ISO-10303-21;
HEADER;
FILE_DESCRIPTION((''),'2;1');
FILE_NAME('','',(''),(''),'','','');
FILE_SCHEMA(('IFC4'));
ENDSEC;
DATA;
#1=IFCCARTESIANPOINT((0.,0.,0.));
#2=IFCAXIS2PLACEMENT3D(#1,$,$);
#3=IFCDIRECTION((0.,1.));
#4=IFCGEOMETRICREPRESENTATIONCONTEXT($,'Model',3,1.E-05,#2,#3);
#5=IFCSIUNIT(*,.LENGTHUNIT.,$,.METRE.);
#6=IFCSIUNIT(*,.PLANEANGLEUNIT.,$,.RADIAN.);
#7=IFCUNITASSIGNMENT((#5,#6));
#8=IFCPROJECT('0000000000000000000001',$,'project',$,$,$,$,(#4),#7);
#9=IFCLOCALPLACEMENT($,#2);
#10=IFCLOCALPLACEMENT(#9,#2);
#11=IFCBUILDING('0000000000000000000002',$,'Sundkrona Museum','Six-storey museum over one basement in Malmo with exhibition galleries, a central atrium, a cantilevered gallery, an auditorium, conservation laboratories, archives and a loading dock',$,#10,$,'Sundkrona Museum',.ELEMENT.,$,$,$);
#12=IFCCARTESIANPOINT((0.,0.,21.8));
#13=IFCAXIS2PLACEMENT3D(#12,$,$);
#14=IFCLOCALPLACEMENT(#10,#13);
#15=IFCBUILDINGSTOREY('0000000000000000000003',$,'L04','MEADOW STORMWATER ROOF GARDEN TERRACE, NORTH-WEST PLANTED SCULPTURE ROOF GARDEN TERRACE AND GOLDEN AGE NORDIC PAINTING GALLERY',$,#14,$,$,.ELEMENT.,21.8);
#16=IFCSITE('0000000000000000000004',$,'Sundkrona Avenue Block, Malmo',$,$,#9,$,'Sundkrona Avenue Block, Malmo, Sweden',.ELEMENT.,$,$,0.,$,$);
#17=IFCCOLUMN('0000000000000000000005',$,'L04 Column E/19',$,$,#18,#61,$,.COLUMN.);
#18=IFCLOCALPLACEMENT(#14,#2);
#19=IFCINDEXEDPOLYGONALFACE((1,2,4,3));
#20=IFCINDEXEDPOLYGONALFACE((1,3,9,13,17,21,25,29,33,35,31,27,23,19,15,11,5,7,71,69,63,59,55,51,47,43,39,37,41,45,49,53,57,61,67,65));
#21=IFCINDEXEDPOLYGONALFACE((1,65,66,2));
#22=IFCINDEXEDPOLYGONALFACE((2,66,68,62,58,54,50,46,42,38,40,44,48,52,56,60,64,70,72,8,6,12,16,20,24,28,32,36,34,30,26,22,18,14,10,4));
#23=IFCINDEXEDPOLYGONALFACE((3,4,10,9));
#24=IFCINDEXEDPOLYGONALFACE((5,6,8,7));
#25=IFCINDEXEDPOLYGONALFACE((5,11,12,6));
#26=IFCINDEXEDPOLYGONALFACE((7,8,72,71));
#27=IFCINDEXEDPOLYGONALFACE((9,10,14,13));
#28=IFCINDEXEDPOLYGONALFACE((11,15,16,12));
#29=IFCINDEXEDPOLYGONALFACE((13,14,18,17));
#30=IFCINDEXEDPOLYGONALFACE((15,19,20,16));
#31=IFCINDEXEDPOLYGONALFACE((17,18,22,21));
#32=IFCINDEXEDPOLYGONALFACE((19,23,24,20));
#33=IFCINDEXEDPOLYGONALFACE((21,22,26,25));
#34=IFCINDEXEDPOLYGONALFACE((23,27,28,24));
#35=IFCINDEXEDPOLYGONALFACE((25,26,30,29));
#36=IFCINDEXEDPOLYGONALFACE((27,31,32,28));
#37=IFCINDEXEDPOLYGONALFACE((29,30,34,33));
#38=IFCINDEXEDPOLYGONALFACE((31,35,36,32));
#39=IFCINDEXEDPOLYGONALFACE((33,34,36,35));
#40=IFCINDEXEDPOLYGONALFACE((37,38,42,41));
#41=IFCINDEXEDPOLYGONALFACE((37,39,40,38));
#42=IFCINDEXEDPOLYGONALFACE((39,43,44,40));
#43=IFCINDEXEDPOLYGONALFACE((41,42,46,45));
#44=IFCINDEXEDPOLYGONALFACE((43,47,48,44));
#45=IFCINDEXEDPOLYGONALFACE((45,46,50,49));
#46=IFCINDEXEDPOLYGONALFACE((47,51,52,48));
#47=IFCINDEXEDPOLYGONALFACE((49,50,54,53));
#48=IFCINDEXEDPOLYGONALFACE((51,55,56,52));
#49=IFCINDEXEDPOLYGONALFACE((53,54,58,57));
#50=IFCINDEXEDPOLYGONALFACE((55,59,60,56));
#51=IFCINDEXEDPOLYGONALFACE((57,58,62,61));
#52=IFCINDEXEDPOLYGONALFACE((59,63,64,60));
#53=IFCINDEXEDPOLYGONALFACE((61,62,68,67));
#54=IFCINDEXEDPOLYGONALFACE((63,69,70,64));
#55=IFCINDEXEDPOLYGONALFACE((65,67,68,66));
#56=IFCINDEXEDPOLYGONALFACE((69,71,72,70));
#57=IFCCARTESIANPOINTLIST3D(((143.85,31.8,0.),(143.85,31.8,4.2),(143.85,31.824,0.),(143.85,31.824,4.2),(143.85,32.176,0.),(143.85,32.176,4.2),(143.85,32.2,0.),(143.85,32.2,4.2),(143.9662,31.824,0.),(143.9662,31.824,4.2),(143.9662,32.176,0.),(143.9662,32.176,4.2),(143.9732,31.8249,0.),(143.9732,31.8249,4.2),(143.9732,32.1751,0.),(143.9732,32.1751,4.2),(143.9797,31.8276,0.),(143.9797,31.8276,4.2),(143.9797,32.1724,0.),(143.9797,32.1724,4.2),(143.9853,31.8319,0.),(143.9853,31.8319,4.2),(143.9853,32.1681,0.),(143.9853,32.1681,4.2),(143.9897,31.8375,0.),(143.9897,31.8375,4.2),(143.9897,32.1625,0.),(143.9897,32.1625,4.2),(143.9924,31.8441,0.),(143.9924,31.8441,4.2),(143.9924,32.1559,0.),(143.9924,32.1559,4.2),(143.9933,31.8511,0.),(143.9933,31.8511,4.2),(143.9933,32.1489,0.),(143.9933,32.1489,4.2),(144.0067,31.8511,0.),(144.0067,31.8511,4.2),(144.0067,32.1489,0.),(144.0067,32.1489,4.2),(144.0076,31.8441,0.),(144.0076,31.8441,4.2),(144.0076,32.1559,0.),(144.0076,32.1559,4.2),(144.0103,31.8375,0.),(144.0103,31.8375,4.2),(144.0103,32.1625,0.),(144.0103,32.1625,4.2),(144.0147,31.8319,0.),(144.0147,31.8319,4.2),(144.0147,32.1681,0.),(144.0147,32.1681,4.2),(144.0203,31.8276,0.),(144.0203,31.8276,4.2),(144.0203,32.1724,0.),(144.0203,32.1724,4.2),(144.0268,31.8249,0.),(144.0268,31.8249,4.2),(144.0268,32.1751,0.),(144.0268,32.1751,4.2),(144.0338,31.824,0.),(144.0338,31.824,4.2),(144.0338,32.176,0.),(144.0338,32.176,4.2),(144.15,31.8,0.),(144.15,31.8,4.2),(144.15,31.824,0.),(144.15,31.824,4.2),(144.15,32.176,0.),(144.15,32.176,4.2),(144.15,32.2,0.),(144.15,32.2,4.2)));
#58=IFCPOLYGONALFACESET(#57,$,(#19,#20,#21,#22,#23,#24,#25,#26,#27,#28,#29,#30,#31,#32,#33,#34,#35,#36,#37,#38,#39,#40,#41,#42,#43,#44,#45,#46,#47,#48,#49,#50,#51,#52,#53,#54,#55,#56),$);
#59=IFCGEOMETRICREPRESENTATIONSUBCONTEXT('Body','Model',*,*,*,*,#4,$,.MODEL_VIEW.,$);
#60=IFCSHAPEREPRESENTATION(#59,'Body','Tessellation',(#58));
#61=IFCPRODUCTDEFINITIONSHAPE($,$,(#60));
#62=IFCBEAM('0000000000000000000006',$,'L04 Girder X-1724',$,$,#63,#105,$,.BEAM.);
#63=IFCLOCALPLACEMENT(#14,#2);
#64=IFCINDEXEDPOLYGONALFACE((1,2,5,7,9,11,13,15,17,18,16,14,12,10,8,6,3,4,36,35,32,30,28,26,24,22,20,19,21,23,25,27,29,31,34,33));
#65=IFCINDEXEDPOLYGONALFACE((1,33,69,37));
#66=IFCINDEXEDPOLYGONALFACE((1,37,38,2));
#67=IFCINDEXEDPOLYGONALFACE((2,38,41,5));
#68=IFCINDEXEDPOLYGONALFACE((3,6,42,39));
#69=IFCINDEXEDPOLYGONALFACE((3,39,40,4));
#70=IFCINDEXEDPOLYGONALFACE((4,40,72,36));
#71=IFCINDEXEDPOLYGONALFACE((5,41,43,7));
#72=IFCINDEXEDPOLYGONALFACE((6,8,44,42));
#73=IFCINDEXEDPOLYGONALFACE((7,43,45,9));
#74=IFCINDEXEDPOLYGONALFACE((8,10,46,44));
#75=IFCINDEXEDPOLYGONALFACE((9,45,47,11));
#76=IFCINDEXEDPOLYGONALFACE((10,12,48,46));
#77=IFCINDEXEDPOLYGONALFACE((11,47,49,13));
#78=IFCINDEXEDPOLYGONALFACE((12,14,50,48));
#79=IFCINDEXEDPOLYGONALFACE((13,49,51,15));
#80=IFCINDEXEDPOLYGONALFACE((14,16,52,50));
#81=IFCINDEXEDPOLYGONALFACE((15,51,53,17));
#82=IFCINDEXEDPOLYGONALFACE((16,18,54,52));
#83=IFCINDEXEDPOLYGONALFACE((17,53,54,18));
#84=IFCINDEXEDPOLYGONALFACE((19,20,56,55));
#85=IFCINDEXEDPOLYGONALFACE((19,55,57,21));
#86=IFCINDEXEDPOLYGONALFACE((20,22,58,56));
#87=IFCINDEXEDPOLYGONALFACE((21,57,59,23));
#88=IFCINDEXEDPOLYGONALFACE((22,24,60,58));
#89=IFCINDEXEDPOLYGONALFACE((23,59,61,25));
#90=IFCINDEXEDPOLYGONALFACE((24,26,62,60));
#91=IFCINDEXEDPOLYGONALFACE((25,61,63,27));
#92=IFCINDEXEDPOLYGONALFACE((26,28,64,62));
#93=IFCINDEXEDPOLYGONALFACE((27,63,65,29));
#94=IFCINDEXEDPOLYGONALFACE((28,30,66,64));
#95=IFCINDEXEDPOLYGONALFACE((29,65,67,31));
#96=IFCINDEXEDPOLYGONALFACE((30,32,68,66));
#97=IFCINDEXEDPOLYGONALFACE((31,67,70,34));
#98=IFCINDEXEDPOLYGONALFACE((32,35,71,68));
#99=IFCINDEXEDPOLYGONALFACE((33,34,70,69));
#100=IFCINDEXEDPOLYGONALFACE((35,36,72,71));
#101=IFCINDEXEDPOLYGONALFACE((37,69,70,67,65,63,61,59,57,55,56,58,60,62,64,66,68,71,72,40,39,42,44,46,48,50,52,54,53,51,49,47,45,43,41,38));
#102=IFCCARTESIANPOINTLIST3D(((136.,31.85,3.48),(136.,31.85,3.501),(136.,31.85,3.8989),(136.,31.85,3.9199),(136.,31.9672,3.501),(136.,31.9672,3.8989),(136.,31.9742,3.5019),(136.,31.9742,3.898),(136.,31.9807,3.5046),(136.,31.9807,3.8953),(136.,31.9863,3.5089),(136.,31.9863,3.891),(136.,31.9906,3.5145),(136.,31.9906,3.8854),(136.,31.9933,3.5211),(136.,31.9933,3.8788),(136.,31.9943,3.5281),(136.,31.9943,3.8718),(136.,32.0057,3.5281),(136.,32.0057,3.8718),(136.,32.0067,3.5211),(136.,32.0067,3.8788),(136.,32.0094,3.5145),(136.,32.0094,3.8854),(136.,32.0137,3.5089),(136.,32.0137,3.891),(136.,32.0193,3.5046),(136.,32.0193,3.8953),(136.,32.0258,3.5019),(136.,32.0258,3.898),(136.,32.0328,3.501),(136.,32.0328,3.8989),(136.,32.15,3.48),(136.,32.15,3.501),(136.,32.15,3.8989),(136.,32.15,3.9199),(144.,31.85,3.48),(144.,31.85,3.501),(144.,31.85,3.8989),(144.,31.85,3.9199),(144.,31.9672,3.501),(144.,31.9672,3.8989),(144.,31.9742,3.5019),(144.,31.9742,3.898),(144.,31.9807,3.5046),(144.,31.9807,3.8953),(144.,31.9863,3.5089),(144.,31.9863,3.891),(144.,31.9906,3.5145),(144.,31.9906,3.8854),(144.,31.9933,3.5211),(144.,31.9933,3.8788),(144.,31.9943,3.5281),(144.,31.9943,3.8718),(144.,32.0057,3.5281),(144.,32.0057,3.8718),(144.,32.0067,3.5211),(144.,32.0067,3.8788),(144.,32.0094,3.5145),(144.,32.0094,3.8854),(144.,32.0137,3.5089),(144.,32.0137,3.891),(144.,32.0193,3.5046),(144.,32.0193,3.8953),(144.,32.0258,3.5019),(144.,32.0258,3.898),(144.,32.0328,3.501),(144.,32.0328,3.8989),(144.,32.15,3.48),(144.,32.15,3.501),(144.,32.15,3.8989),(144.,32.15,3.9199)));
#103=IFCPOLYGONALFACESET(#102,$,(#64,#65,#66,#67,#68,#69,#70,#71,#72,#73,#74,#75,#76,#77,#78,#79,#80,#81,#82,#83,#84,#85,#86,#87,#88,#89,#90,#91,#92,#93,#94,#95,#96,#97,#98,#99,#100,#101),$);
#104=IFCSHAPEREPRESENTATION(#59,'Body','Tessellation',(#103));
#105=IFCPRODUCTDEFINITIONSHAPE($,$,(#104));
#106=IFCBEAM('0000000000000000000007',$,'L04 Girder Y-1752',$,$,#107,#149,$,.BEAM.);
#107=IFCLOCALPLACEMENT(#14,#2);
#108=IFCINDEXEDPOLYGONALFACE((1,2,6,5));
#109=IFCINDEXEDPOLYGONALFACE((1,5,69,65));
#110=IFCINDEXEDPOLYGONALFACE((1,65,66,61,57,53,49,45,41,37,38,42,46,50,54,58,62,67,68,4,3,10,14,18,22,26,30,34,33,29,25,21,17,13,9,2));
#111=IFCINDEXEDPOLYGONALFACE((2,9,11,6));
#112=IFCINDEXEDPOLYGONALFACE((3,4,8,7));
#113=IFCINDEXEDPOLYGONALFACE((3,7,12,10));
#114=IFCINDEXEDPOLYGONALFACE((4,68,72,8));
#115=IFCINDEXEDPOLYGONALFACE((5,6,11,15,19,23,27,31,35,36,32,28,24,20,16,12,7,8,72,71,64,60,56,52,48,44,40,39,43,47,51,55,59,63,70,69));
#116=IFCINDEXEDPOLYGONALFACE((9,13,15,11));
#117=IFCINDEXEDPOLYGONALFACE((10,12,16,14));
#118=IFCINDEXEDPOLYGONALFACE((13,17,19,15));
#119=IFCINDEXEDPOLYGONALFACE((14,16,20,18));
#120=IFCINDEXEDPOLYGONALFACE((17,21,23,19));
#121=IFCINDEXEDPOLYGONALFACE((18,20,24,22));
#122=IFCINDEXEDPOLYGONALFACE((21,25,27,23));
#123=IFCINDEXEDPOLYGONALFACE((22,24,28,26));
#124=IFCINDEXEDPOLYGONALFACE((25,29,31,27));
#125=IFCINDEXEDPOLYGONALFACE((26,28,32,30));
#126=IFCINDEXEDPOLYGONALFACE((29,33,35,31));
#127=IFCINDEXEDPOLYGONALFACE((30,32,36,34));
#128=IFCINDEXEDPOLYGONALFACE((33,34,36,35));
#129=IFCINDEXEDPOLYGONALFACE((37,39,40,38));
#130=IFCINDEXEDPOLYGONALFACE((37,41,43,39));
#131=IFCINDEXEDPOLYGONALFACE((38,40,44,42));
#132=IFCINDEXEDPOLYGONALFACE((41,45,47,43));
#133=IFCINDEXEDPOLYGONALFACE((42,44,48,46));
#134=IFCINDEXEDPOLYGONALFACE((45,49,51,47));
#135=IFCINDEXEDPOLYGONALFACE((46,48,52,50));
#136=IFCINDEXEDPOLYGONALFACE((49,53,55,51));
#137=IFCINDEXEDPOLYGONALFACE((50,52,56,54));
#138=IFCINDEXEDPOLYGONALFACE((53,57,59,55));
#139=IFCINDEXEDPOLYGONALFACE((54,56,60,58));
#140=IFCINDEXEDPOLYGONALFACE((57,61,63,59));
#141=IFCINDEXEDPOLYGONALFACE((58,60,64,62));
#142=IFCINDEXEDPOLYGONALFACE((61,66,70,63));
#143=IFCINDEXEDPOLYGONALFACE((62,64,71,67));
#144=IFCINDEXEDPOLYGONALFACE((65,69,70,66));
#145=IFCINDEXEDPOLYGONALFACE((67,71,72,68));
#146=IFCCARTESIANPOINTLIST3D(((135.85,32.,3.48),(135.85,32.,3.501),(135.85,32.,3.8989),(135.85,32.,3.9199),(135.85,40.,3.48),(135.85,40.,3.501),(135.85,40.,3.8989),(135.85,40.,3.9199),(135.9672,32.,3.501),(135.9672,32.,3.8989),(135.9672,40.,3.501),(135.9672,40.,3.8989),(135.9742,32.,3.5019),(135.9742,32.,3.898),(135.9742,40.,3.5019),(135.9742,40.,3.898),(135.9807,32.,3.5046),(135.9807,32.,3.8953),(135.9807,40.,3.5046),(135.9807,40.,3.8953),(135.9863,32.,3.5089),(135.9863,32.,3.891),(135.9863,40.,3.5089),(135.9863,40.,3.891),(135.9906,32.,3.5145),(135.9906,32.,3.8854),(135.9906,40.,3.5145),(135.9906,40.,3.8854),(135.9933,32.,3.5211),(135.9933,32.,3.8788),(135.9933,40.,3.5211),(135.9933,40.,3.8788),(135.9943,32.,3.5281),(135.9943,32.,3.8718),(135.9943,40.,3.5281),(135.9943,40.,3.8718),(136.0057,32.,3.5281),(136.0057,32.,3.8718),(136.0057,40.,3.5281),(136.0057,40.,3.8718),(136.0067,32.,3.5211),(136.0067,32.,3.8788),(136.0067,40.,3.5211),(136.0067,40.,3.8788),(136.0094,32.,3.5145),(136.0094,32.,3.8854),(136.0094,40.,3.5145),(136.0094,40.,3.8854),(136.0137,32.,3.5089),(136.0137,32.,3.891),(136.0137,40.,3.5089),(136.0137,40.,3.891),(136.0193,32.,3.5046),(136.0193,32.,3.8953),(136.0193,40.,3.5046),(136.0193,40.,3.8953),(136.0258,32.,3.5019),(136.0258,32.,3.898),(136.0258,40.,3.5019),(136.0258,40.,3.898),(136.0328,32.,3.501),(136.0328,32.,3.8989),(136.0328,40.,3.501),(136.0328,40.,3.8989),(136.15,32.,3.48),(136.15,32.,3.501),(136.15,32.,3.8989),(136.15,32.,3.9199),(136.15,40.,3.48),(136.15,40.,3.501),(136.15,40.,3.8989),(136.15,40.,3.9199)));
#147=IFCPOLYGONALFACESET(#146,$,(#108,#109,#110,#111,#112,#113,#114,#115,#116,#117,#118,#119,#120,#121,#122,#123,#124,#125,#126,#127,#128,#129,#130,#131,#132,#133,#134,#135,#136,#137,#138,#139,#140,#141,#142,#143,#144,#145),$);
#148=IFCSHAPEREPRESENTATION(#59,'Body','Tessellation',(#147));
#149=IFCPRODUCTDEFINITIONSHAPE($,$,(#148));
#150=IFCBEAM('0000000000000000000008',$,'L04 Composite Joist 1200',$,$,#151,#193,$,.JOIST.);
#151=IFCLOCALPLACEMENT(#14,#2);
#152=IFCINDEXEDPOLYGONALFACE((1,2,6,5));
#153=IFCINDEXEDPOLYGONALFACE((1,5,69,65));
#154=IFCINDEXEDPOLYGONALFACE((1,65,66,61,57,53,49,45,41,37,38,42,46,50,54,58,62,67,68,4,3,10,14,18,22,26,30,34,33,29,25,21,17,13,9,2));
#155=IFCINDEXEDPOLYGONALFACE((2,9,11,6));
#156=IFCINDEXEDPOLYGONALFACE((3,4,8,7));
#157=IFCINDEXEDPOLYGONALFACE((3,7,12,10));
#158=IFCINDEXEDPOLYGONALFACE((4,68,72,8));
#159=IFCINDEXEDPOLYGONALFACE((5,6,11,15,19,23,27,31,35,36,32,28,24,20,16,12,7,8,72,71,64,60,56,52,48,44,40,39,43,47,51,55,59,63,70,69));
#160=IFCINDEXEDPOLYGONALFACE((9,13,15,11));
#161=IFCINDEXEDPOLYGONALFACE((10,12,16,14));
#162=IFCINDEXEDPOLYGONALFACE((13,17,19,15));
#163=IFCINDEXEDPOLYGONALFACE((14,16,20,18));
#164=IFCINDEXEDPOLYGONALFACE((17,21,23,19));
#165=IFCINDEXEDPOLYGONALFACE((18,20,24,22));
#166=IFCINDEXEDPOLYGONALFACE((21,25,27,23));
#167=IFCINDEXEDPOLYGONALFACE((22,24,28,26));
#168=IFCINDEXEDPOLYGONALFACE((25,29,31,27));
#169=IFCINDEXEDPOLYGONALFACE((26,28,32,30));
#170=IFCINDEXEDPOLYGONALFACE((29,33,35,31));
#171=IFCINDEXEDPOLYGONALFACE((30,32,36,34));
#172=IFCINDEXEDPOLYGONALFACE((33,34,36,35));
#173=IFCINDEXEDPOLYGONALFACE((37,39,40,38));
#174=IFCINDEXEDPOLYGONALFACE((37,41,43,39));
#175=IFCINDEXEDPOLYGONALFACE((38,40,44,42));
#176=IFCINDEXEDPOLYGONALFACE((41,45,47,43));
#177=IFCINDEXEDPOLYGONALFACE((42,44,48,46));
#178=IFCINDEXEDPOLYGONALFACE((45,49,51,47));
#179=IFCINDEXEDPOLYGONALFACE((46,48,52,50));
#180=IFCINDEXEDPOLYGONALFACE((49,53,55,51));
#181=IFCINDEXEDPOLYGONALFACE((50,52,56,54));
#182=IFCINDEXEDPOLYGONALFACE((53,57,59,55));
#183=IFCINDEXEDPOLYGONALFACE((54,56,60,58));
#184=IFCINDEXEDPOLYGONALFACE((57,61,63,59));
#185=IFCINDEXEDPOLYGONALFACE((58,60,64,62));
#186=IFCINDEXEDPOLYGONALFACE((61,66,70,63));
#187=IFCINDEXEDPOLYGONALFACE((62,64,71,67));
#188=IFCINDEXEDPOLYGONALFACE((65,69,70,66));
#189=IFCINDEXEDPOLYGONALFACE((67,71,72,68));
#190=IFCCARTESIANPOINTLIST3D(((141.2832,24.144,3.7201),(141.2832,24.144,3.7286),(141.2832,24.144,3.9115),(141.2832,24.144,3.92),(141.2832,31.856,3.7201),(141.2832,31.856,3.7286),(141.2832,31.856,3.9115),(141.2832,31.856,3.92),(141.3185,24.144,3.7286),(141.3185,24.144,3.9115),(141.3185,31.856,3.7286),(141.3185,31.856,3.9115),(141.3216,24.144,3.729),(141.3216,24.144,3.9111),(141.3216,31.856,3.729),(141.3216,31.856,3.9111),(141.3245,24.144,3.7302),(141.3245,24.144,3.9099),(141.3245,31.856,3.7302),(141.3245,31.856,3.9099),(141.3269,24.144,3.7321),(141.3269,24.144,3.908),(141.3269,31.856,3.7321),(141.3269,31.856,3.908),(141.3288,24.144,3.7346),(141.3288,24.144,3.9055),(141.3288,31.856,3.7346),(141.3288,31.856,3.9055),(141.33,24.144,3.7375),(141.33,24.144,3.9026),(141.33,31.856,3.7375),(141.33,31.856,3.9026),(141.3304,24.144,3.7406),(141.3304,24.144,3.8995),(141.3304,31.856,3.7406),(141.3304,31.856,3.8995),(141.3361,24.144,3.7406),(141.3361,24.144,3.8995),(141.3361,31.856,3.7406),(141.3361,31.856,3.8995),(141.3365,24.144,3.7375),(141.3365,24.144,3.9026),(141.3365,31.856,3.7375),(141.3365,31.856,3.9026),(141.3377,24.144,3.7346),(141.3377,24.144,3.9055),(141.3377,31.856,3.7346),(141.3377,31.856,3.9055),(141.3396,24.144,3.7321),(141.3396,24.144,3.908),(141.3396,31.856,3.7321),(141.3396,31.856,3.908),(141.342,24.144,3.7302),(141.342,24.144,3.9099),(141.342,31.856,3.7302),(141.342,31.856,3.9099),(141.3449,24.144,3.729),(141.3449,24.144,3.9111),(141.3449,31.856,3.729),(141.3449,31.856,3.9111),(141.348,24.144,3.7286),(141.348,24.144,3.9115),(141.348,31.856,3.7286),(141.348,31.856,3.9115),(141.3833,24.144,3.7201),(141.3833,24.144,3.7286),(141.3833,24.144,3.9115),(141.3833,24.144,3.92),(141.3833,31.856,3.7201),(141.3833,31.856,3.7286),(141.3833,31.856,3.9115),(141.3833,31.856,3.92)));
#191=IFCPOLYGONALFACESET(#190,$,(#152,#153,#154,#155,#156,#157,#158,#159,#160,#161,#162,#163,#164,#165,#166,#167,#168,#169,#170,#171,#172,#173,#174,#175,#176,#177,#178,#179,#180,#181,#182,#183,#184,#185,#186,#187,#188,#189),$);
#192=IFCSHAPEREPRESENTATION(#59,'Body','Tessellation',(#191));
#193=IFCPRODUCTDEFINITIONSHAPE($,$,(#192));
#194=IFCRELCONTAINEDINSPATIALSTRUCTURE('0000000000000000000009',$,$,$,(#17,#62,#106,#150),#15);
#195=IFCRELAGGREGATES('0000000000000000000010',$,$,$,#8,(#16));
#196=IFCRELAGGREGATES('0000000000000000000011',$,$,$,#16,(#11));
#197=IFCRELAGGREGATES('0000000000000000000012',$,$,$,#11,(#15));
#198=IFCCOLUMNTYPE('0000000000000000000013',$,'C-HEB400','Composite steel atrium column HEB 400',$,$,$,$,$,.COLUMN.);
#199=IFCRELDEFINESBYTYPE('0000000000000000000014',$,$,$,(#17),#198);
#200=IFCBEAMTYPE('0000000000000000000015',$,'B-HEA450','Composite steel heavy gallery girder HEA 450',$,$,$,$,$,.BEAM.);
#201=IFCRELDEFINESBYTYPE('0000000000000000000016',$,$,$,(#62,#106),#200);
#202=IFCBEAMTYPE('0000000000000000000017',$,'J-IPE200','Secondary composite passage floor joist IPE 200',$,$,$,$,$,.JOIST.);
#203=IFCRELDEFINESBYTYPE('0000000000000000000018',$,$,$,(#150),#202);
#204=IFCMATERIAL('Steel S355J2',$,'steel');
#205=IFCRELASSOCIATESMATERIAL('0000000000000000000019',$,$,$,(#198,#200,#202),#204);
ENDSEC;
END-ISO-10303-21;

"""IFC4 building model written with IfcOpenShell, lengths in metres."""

from ifc_helpers import new_model, si_unit, direction, frame, origin, origin_2d, place, context, subcontext, project, spatial, i_section, extrude, material, material_profile, profile_set, type_object, element, save


model = new_model("IFC4")

# Units and contexts
model_context = context("Model", 3, precision=1e-05, world=origin(), true_north=direction((0.0, 1.0)))
body_context = subcontext(model_context, "Body", "Model", "MODEL_VIEW")
ifc_project = project(units=[si_unit("LENGTHUNIT", "METRE"), si_unit("PLANEANGLEUNIT", "RADIAN")], contexts=[model_context])

# Site, building, storey
site_placement = place(None, origin())
site = spatial("IfcSite", under=ifc_project, at=site_placement, Name="Sundkrona Avenue Block, Malmo", LongName="Sundkrona Avenue Block, Malmo, Sweden", CompositionType="ELEMENT", RefElevation=0.0)
building_placement = place(site_placement, origin())
building = spatial("IfcBuilding", under=site, at=building_placement, Name="Sundkrona Museum", Description="Six-storey museum over one basement in Malmo with exhibition galleries, a central atrium, a cantilevered gallery, an auditorium, conservation laboratories, archives and a loading dock", LongName="Sundkrona Museum", CompositionType="ELEMENT")
storey_placement = place(building_placement, frame((0.0, 0.0, 21.8)))
storey = spatial("IfcBuildingStorey", under=building, at=storey_placement, Name="L04", Description="MEADOW STORMWATER ROOF GARDEN TERRACE, NORTH-WEST PLANTED SCULPTURE ROOF GARDEN TERRACE AND GOLDEN AGE NORDIC PAINTING GALLERY", CompositionType="ELEMENT", Elevation=21.8)

# Column
ifc_material_1 = material(Name="Steel S355J2", Category="steel")
ifc_material_profile_1 = material_profile(ifc_material_1, i_section(OverallWidth=0.3, OverallDepth=0.3999, WebThickness=0.0134, FlangeThickness=0.0239, FilletRadius=0.0271, at=origin_2d()), Name="HEB 400")
ifc_profile_set_1 = profile_set([ifc_material_profile_1], Name="Steel S355J2")
column_type = type_object("IfcColumnType", Name="C-HEB400", Description="Composite steel atrium column HEB 400", PredefinedType="COLUMN", material=ifc_profile_set_1)
column_placement = place(storey_placement, frame((144.0, 32.0, 0.0), z_axis=(0.0, 0.0, 1.0), x_axis=(1.0, 0.0, 0.0)))
element("IfcColumn", 1, at=column_placement, inside=storey, type_object=column_type, Name="L04 Column E/19", PredefinedType="COLUMN", context=body_context, shape_type="SweptSolid", body=[
    extrude(i_section(OverallWidth=0.3, OverallDepth=0.3999, WebThickness=0.0134, FlangeThickness=0.0239, FilletRadius=0.0271, at=origin_2d()), origin(), (0.0, 0.0, 1.0), 4.2),
])

# Beams
ifc_material_profile_2 = material_profile(ifc_material_1, i_section(OverallWidth=0.3, OverallDepth=0.4399, WebThickness=0.0115, FlangeThickness=0.021, FilletRadius=0.0271, at=origin_2d()), Name="HEA 450")
ifc_profile_set_2 = profile_set([ifc_material_profile_2], Name="Steel S355J2")
beam_type_1 = type_object("IfcBeamType", Name="B-HEA450", Description="Composite steel heavy gallery girder HEA 450", PredefinedType="BEAM", material=ifc_profile_set_2)
for number, where, z_axis, x_axis, name in (
    (2, (136.0, 32.0, 3.7), (1.0, 0.0, 0.0), (0.0, 1.0, 0.0), "L04 Girder X-1724"),
    (3, (136.0, 32.0, 3.7), (0.0, 1.0, 0.0), (-1.0, 0.0, 0.0), "L04 Girder Y-1752"),
):
    element("IfcBeam", number, at=place(storey_placement, frame(where, z_axis=z_axis, x_axis=x_axis)), inside=storey, type_object=beam_type_1, Name=name, PredefinedType="BEAM", context=body_context, shape_type="SweptSolid", body=[
        extrude(i_section(OverallWidth=0.3, OverallDepth=0.4399, WebThickness=0.0115, FlangeThickness=0.021, FilletRadius=0.0271, at=origin_2d()), origin(), (0.0, 0.0, 1.0), 8.0),
    ])
ifc_material_profile_3 = material_profile(ifc_material_1, i_section(OverallWidth=0.1001, OverallDepth=0.2, WebThickness=0.0056, FlangeThickness=0.0085, FilletRadius=0.012, at=origin_2d()), Name="IPE 200")
ifc_profile_set_3 = profile_set([ifc_material_profile_3], Name="Steel S355J2")
beam_type_2 = type_object("IfcBeamType", Name="J-IPE200", Description="Secondary composite passage floor joist IPE 200", PredefinedType="JOIST", material=ifc_profile_set_3)
beam_placement = place(storey_placement, frame((141.3333, 24.144, 3.8201), z_axis=(0.0, 1.0, 0.0), x_axis=(-1.0, 0.0, 0.0)))
element("IfcBeam", 4, at=beam_placement, inside=storey, type_object=beam_type_2, Name="L04 Composite Joist 1200", PredefinedType="JOIST", context=body_context, shape_type="SweptSolid", body=[
    extrude(i_section(OverallWidth=0.1001, OverallDepth=0.2, WebThickness=0.0056, FlangeThickness=0.0085, FilletRadius=0.012, at=origin_2d()), origin(), (0.0, 0.0, 1.0), 7.7119),
])

save(model, "model.ifc")
